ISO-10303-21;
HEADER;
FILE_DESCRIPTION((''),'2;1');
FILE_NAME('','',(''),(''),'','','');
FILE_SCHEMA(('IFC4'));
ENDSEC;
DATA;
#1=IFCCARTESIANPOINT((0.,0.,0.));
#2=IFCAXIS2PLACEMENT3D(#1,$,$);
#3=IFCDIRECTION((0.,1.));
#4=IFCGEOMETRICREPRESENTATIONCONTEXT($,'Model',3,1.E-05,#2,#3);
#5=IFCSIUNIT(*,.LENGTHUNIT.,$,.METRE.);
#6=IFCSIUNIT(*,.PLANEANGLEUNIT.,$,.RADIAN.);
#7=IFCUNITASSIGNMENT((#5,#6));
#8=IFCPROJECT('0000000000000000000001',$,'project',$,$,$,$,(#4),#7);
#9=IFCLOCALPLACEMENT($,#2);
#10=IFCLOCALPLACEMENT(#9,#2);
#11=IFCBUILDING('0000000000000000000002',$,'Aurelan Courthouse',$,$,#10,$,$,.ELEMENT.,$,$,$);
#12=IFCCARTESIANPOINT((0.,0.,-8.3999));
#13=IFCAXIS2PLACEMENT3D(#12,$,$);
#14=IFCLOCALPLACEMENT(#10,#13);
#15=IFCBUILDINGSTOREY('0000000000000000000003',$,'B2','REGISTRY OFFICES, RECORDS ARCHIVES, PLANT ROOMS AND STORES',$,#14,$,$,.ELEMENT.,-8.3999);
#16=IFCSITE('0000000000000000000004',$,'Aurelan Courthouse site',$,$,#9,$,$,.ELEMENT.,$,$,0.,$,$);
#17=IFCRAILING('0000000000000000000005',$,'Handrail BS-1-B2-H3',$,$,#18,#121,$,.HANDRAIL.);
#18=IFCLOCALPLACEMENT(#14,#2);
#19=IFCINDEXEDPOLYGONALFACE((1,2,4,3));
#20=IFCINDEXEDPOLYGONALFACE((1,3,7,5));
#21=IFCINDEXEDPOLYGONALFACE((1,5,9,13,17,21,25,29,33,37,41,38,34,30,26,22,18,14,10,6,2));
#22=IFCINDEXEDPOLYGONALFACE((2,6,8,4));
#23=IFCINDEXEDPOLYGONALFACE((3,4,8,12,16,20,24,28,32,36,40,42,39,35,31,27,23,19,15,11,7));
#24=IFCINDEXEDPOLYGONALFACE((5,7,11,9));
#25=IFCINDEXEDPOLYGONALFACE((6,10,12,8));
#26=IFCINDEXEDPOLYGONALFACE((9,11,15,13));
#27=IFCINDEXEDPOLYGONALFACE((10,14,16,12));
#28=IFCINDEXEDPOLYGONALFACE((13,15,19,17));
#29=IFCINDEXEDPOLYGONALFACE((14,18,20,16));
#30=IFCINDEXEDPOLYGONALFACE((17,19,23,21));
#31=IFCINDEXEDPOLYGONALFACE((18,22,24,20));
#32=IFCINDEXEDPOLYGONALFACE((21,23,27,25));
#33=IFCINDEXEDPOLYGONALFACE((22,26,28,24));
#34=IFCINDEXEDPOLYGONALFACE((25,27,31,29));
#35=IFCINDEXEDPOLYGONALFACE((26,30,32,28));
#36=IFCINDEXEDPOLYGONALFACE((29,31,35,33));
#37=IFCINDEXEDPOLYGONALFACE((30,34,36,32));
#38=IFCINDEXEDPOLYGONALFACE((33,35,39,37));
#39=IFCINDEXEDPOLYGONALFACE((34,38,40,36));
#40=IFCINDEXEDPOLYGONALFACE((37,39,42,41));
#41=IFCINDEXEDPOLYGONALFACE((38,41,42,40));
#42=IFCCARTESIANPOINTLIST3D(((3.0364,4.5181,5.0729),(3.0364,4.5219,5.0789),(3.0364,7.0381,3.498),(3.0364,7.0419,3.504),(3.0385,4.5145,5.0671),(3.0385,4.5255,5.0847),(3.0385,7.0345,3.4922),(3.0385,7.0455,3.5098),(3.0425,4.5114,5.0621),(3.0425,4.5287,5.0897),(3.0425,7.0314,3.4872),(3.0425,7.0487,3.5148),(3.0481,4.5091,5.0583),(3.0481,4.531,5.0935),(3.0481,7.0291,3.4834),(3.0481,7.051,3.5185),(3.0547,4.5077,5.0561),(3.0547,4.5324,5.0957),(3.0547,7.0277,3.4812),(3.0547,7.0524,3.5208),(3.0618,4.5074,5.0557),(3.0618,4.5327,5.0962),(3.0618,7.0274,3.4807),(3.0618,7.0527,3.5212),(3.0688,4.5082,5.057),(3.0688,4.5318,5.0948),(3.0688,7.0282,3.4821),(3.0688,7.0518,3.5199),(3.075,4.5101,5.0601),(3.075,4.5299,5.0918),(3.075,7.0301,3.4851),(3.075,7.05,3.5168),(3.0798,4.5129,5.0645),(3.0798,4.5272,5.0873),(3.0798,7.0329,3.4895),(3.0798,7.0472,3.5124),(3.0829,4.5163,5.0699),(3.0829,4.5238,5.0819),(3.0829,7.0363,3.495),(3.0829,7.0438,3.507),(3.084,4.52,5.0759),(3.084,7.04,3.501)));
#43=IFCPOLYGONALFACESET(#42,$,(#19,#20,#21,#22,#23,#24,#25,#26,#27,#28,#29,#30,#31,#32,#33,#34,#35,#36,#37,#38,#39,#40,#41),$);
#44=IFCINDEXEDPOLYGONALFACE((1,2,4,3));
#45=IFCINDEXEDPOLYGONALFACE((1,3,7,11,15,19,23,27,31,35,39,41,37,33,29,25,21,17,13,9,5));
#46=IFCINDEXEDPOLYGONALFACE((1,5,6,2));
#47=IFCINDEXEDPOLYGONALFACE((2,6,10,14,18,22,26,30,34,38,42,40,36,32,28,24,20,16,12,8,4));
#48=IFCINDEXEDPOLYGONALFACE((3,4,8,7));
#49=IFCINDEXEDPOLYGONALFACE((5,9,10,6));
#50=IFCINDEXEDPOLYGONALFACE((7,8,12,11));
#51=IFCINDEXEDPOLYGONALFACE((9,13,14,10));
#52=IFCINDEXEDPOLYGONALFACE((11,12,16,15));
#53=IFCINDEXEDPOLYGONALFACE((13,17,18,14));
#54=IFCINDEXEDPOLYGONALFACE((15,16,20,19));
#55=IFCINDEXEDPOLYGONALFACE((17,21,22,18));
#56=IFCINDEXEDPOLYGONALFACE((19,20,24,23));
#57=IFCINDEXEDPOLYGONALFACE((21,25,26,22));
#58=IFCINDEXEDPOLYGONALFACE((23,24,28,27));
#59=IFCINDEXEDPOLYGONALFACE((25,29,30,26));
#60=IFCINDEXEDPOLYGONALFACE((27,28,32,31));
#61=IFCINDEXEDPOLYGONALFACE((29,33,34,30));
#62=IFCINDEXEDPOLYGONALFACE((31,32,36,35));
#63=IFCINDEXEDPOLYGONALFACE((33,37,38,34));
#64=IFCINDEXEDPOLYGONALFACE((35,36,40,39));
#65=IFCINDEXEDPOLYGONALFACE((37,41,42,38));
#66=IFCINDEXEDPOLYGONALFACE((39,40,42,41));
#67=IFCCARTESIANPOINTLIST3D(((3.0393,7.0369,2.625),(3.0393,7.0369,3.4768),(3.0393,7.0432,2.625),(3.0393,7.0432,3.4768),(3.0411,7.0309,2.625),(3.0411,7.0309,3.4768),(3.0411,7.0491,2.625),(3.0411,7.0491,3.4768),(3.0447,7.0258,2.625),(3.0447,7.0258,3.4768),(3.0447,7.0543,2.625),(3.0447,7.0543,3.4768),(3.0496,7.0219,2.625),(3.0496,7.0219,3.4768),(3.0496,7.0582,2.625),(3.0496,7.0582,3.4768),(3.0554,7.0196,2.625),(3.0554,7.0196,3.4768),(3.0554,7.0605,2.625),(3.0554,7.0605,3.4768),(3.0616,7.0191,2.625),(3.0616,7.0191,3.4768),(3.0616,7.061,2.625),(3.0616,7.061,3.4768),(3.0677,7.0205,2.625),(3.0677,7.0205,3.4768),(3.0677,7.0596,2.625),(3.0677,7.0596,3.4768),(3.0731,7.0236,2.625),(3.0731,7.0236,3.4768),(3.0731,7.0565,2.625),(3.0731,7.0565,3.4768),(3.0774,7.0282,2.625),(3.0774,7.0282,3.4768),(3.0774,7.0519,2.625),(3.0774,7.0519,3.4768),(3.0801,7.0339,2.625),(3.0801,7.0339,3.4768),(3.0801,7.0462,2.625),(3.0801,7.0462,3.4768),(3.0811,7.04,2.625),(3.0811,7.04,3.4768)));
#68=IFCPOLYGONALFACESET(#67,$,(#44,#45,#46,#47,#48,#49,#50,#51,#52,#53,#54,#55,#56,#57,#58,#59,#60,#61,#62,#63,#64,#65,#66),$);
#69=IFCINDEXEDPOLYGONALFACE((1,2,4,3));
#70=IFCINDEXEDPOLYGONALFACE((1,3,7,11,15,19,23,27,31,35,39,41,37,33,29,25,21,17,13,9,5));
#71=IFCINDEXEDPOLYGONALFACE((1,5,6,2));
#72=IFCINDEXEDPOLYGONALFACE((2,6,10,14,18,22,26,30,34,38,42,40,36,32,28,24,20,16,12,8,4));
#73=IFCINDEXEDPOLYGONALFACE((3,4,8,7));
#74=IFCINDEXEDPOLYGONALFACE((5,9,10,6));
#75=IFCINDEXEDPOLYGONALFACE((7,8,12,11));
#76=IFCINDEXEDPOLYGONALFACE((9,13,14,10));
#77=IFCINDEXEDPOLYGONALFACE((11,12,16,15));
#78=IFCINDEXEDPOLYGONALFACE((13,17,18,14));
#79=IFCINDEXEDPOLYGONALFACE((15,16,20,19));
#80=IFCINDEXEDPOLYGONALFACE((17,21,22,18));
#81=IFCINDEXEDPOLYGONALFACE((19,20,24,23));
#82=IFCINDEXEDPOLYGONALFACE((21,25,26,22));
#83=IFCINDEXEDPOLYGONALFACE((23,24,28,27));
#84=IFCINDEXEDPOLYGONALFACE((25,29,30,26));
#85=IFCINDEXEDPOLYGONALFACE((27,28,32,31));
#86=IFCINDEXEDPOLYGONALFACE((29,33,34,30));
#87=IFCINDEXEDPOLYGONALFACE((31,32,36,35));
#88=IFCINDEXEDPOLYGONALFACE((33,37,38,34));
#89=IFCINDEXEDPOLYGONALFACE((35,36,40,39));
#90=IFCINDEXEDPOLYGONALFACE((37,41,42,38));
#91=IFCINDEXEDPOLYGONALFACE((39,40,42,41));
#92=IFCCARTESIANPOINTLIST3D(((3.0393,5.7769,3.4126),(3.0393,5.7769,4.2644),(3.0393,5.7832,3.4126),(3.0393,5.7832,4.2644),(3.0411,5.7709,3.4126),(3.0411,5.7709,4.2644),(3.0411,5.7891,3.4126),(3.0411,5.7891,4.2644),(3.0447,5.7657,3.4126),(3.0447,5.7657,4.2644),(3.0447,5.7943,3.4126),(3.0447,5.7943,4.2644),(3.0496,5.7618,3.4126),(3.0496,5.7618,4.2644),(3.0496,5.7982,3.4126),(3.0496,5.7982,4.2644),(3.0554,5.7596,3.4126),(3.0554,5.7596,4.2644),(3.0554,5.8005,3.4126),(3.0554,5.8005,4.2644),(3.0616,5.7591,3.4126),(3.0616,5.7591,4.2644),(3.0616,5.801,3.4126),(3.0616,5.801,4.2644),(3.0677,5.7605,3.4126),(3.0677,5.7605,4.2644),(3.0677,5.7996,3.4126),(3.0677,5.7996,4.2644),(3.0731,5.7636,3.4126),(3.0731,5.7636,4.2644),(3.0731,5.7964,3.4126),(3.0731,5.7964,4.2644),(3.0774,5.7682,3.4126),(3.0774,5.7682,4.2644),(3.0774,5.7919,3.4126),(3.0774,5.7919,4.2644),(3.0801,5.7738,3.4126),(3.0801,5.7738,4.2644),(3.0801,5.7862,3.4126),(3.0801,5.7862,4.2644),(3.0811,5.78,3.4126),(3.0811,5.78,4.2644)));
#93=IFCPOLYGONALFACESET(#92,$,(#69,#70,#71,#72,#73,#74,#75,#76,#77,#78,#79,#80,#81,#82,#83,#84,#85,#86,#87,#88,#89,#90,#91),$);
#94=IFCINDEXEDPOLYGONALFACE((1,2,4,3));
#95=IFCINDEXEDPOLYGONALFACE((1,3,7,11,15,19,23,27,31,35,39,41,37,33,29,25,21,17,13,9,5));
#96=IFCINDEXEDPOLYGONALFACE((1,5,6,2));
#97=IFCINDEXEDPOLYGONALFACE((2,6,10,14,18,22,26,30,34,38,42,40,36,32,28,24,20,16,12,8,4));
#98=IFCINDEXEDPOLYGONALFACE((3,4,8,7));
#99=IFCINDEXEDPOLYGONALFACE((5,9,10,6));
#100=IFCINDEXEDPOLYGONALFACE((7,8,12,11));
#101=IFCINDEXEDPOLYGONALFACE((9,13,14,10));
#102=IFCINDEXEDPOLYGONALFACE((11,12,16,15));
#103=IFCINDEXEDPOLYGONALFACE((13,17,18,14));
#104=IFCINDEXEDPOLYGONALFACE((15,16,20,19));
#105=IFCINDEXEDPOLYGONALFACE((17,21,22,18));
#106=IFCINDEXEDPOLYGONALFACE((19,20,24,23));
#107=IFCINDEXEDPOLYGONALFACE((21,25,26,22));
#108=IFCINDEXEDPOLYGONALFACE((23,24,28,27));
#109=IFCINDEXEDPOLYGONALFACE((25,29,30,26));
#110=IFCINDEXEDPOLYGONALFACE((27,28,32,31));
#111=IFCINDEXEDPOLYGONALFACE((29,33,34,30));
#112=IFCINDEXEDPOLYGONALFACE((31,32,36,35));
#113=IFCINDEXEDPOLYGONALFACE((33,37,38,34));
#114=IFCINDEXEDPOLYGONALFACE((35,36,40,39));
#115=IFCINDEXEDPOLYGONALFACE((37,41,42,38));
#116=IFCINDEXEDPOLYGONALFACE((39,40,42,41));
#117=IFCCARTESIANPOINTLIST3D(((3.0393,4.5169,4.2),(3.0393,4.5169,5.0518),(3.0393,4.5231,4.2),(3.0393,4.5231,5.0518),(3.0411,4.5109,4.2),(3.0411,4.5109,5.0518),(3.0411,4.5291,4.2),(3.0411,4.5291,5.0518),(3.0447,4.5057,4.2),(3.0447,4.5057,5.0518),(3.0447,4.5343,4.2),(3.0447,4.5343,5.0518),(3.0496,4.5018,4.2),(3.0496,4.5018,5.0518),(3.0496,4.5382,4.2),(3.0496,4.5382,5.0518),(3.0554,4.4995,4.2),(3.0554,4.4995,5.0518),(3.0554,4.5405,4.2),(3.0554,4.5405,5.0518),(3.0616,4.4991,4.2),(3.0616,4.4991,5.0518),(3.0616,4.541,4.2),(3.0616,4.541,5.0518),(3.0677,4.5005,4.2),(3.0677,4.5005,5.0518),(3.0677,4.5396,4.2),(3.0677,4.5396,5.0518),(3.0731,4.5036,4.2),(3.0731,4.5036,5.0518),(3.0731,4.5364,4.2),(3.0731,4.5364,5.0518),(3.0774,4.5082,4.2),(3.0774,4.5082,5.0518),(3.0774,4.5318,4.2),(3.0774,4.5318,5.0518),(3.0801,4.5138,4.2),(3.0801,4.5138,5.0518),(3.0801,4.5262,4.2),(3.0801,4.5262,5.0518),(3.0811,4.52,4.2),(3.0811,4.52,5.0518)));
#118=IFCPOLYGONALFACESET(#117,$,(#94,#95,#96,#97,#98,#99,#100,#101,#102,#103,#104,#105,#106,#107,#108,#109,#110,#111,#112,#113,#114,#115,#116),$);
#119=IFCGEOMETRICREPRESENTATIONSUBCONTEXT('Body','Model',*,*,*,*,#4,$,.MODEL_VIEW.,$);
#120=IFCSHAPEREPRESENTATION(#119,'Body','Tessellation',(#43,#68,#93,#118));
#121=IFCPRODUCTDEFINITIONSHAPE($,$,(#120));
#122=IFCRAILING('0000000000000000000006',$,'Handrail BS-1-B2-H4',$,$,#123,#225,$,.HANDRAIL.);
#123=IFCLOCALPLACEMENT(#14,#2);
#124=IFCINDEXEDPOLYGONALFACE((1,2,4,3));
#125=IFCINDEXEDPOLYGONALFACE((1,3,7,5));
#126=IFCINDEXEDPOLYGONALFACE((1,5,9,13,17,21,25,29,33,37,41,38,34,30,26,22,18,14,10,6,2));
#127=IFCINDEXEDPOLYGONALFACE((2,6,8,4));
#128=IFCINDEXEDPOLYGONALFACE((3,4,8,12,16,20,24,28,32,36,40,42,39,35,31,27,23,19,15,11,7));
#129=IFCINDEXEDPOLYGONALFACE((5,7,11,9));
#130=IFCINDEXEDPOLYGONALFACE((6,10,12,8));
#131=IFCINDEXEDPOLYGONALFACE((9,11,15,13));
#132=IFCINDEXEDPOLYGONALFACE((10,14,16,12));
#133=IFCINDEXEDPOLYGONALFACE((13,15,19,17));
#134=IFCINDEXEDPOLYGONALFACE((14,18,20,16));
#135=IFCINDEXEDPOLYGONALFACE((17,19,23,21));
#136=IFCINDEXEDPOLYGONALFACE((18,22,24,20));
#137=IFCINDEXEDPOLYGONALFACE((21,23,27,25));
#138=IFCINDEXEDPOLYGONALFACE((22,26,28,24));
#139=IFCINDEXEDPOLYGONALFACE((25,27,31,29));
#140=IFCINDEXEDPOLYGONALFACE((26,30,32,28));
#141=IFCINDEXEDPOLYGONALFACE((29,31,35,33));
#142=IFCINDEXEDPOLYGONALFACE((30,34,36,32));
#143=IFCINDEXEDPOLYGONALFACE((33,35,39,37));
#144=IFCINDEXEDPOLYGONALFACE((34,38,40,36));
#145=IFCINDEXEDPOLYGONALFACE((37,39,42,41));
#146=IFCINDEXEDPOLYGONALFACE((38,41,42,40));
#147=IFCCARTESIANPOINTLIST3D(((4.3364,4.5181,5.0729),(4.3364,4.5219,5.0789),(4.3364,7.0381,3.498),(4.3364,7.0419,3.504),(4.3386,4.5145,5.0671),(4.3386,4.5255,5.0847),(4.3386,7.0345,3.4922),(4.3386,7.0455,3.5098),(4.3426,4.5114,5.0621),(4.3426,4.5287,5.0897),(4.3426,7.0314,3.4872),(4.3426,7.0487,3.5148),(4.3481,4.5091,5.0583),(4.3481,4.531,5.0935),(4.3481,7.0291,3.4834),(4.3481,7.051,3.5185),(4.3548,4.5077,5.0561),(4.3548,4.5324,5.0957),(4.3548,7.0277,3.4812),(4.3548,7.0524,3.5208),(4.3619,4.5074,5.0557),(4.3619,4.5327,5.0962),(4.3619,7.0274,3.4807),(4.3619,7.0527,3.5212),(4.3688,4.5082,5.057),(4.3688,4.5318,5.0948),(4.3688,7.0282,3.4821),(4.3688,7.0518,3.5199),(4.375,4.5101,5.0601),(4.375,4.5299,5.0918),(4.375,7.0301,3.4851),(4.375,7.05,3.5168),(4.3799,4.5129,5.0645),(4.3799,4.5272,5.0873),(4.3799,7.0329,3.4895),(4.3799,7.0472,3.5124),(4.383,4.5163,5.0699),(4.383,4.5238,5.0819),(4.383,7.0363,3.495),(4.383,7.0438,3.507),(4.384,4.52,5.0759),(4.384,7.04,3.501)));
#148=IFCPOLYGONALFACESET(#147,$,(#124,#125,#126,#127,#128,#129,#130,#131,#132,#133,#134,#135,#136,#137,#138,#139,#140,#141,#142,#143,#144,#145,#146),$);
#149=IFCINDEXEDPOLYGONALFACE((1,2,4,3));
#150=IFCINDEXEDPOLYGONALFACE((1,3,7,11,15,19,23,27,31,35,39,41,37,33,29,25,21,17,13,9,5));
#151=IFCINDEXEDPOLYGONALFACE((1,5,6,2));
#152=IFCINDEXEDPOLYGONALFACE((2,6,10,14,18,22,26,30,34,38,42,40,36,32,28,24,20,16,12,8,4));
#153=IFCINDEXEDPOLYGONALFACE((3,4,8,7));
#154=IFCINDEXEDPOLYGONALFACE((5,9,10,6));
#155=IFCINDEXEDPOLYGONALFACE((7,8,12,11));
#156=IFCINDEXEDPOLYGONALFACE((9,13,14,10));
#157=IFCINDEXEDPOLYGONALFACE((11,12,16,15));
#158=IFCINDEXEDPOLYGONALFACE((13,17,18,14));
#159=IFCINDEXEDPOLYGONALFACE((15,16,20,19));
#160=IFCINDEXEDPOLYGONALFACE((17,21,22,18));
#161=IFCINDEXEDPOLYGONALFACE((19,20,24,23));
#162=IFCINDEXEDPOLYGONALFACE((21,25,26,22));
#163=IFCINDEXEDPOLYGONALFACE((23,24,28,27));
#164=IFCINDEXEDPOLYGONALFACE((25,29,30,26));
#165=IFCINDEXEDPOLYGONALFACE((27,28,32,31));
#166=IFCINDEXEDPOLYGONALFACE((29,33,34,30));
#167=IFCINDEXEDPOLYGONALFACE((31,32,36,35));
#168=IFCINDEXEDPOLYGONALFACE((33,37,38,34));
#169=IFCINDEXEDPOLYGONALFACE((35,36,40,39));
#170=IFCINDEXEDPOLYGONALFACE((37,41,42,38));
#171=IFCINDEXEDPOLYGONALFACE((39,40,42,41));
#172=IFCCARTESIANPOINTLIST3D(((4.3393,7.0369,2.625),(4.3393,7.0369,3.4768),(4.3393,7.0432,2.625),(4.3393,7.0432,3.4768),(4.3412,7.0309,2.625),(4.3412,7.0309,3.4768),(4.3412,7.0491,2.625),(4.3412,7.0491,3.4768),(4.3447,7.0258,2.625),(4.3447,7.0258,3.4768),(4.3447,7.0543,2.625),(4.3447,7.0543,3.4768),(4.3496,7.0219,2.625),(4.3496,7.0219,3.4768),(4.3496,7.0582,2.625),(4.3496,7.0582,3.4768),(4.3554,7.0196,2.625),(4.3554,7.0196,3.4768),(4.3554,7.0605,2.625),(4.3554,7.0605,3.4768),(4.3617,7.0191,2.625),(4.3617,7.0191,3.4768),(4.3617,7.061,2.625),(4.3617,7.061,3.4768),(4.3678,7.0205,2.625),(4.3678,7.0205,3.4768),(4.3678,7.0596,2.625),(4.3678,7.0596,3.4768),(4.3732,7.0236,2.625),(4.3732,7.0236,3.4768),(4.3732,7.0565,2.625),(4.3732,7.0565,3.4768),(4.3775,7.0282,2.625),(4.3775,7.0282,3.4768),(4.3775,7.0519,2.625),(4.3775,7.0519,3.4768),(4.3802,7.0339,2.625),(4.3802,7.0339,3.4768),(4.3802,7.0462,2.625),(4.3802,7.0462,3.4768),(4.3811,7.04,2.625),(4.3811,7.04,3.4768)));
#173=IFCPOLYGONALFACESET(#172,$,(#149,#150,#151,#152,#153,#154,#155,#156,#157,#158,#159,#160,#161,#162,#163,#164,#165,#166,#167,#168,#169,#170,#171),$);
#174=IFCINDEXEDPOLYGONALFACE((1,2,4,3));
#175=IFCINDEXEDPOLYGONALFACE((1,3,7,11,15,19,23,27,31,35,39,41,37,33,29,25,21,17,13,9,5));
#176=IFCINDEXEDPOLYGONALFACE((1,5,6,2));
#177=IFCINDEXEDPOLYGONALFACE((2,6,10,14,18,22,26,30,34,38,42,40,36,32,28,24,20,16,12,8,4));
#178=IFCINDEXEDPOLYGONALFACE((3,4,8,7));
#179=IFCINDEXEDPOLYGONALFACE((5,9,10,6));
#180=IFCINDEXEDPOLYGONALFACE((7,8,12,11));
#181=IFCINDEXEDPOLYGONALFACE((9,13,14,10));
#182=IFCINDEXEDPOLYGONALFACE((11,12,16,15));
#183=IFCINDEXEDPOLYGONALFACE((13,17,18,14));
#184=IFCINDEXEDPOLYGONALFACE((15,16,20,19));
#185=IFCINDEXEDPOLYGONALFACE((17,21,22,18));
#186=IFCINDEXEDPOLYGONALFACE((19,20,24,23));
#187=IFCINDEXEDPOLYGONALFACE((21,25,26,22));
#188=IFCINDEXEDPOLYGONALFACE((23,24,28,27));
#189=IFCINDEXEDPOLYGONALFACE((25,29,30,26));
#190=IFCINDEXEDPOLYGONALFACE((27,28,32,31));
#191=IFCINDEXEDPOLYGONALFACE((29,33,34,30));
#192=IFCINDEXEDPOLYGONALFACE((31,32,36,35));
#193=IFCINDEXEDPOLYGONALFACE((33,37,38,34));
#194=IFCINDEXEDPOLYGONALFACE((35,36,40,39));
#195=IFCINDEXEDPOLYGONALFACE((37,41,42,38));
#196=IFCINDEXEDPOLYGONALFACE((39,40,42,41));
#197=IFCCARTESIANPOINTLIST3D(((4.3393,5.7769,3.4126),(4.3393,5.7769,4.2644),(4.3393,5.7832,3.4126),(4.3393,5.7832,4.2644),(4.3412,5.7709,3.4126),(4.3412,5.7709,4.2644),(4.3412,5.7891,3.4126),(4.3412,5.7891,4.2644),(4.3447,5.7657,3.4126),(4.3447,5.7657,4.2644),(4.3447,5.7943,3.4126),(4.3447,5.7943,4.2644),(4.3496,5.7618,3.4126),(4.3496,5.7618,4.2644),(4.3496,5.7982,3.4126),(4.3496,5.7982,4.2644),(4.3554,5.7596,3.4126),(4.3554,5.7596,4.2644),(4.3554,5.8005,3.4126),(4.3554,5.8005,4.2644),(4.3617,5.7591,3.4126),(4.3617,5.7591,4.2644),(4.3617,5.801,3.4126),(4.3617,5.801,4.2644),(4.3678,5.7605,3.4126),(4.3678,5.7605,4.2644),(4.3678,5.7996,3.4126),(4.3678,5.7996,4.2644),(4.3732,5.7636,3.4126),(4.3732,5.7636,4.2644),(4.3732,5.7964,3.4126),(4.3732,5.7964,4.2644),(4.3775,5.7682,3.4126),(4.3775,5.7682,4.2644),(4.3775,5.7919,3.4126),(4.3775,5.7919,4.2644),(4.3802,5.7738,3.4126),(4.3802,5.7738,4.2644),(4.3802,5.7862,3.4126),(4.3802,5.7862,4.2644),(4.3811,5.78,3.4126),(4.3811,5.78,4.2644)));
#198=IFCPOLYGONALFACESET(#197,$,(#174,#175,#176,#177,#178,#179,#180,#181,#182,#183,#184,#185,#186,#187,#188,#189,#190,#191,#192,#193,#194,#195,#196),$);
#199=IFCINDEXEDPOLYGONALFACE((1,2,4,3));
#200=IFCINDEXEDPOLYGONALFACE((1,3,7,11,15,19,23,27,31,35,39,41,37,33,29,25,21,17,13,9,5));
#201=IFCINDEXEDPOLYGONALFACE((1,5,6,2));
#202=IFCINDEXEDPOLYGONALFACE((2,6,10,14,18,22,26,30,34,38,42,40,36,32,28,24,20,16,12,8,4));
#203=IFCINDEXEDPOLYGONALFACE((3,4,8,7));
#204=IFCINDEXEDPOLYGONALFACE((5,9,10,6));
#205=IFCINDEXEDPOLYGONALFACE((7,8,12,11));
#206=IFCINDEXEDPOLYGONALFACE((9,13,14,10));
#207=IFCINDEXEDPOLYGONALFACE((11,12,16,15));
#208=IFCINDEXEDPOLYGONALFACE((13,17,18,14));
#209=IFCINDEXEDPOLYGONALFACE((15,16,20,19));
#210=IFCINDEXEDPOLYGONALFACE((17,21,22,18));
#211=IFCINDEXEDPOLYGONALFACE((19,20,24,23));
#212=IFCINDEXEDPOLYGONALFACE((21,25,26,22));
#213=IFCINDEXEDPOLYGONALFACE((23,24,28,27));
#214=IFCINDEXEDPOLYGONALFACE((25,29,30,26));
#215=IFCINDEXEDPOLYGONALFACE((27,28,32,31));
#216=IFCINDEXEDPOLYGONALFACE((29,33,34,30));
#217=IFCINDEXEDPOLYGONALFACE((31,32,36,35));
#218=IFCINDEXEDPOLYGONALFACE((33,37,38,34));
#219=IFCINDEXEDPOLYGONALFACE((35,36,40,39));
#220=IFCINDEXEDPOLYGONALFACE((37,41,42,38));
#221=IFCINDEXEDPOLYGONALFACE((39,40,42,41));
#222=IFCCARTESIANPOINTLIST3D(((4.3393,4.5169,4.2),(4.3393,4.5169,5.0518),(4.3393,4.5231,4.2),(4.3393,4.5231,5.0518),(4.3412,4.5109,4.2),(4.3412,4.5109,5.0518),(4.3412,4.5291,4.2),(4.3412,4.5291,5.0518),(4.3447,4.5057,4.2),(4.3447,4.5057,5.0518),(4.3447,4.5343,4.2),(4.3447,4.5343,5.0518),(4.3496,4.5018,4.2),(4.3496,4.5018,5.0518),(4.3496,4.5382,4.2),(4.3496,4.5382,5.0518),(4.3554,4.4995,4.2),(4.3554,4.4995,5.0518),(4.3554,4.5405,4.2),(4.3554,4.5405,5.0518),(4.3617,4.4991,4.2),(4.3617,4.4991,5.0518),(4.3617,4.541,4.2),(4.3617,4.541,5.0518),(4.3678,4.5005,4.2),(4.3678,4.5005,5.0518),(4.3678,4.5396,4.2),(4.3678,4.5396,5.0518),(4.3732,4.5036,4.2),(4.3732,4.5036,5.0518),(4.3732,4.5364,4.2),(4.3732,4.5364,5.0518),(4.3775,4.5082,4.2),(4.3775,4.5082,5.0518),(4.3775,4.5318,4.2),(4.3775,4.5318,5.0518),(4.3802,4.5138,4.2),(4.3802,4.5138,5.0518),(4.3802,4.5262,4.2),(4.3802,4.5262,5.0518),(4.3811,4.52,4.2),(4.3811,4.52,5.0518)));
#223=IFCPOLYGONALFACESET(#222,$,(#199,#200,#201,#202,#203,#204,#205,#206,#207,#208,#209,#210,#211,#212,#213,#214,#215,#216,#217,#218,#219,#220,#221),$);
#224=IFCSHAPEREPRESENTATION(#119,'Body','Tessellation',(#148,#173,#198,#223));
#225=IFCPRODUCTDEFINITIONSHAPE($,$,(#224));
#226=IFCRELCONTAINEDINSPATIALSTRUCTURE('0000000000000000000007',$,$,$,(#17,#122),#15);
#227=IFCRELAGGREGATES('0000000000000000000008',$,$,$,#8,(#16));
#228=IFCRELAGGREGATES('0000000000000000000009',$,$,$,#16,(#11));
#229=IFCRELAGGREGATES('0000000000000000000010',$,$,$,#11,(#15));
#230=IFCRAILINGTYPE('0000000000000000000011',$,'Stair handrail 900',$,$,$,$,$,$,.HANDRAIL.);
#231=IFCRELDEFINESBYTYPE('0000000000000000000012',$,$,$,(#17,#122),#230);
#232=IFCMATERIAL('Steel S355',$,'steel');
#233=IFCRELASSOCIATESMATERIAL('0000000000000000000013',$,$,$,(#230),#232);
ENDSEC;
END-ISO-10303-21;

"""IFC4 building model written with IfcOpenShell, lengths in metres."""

from ifc_helpers import new_model, si_unit, direction, frame, origin, origin_2d, place, context, subcontext, project, spatial, circle, extrude, material, type_object, element, save


model = new_model("IFC4")

# Units and contexts
model_context = context("Model", 3, precision=1e-05, world=origin(), true_north=direction((0.0, 1.0)))
body_context = subcontext(model_context, "Body", "Model", "MODEL_VIEW")
ifc_project = project(units=[si_unit("LENGTHUNIT", "METRE"), si_unit("PLANEANGLEUNIT", "RADIAN")], contexts=[model_context])

# Site, building, storey
site_placement = place(None, origin())
site = spatial("IfcSite", under=ifc_project, at=site_placement, Name="Aurelan Courthouse site", CompositionType="ELEMENT", RefElevation=0.0)
building_placement = place(site_placement, origin())
building = spatial("IfcBuilding", under=site, at=building_placement, Name="Aurelan Courthouse", CompositionType="ELEMENT")
storey_placement = place(building_placement, frame((0.0, 0.0, -8.3999)))
storey = spatial("IfcBuildingStorey", under=building, at=storey_placement, Name="B2", Description="REGISTRY OFFICES, RECORDS ARCHIVES, PLANT ROOMS AND STORES", CompositionType="ELEMENT", Elevation=-8.3999)

# Railings
ifc_material_1 = material(Name="Steel S355", Category="steel")
railing_type_1 = type_object("IfcRailingType", Name="Stair handrail 900", PredefinedType="HANDRAIL", material=ifc_material_1)
for number, where, name in (
    (1, (3.0601, 7.04, 2.625), "Handrail BS-1-B2-H3"),
    (2, (4.3601, 7.04, 2.625), "Handrail BS-1-B2-H4"),
):
    element("IfcRailing", number, at=place(storey_placement, frame(where)), inside=storey, type_object=railing_type_1, Name=name, PredefinedType="HANDRAIL", context=body_context, shape_type="SweptSolid", body=[
        extrude(circle(Radius=0.0239, at=origin_2d()), frame((0.0, 0.0, 0.876), z_axis=(0.0, -0.848008, 0.529984), x_axis=(1.0, 0.0, 0.0)), (0.0, 0.0, 1.0), 2.9717),
        extrude(circle(Radius=0.021, at=origin_2d()), origin(), (0.0, 0.0, 1.0), 0.8518),
        extrude(circle(Radius=0.021, at=origin_2d()), frame((0.0, -1.26, 0.7876)), (0.0, 0.0, 1.0), 0.8518),
        extrude(circle(Radius=0.021, at=origin_2d()), frame((0.0, -2.52, 1.575)), (0.0, 0.0, 1.0), 0.8518),
    ])

save(model, "model.ifc")
